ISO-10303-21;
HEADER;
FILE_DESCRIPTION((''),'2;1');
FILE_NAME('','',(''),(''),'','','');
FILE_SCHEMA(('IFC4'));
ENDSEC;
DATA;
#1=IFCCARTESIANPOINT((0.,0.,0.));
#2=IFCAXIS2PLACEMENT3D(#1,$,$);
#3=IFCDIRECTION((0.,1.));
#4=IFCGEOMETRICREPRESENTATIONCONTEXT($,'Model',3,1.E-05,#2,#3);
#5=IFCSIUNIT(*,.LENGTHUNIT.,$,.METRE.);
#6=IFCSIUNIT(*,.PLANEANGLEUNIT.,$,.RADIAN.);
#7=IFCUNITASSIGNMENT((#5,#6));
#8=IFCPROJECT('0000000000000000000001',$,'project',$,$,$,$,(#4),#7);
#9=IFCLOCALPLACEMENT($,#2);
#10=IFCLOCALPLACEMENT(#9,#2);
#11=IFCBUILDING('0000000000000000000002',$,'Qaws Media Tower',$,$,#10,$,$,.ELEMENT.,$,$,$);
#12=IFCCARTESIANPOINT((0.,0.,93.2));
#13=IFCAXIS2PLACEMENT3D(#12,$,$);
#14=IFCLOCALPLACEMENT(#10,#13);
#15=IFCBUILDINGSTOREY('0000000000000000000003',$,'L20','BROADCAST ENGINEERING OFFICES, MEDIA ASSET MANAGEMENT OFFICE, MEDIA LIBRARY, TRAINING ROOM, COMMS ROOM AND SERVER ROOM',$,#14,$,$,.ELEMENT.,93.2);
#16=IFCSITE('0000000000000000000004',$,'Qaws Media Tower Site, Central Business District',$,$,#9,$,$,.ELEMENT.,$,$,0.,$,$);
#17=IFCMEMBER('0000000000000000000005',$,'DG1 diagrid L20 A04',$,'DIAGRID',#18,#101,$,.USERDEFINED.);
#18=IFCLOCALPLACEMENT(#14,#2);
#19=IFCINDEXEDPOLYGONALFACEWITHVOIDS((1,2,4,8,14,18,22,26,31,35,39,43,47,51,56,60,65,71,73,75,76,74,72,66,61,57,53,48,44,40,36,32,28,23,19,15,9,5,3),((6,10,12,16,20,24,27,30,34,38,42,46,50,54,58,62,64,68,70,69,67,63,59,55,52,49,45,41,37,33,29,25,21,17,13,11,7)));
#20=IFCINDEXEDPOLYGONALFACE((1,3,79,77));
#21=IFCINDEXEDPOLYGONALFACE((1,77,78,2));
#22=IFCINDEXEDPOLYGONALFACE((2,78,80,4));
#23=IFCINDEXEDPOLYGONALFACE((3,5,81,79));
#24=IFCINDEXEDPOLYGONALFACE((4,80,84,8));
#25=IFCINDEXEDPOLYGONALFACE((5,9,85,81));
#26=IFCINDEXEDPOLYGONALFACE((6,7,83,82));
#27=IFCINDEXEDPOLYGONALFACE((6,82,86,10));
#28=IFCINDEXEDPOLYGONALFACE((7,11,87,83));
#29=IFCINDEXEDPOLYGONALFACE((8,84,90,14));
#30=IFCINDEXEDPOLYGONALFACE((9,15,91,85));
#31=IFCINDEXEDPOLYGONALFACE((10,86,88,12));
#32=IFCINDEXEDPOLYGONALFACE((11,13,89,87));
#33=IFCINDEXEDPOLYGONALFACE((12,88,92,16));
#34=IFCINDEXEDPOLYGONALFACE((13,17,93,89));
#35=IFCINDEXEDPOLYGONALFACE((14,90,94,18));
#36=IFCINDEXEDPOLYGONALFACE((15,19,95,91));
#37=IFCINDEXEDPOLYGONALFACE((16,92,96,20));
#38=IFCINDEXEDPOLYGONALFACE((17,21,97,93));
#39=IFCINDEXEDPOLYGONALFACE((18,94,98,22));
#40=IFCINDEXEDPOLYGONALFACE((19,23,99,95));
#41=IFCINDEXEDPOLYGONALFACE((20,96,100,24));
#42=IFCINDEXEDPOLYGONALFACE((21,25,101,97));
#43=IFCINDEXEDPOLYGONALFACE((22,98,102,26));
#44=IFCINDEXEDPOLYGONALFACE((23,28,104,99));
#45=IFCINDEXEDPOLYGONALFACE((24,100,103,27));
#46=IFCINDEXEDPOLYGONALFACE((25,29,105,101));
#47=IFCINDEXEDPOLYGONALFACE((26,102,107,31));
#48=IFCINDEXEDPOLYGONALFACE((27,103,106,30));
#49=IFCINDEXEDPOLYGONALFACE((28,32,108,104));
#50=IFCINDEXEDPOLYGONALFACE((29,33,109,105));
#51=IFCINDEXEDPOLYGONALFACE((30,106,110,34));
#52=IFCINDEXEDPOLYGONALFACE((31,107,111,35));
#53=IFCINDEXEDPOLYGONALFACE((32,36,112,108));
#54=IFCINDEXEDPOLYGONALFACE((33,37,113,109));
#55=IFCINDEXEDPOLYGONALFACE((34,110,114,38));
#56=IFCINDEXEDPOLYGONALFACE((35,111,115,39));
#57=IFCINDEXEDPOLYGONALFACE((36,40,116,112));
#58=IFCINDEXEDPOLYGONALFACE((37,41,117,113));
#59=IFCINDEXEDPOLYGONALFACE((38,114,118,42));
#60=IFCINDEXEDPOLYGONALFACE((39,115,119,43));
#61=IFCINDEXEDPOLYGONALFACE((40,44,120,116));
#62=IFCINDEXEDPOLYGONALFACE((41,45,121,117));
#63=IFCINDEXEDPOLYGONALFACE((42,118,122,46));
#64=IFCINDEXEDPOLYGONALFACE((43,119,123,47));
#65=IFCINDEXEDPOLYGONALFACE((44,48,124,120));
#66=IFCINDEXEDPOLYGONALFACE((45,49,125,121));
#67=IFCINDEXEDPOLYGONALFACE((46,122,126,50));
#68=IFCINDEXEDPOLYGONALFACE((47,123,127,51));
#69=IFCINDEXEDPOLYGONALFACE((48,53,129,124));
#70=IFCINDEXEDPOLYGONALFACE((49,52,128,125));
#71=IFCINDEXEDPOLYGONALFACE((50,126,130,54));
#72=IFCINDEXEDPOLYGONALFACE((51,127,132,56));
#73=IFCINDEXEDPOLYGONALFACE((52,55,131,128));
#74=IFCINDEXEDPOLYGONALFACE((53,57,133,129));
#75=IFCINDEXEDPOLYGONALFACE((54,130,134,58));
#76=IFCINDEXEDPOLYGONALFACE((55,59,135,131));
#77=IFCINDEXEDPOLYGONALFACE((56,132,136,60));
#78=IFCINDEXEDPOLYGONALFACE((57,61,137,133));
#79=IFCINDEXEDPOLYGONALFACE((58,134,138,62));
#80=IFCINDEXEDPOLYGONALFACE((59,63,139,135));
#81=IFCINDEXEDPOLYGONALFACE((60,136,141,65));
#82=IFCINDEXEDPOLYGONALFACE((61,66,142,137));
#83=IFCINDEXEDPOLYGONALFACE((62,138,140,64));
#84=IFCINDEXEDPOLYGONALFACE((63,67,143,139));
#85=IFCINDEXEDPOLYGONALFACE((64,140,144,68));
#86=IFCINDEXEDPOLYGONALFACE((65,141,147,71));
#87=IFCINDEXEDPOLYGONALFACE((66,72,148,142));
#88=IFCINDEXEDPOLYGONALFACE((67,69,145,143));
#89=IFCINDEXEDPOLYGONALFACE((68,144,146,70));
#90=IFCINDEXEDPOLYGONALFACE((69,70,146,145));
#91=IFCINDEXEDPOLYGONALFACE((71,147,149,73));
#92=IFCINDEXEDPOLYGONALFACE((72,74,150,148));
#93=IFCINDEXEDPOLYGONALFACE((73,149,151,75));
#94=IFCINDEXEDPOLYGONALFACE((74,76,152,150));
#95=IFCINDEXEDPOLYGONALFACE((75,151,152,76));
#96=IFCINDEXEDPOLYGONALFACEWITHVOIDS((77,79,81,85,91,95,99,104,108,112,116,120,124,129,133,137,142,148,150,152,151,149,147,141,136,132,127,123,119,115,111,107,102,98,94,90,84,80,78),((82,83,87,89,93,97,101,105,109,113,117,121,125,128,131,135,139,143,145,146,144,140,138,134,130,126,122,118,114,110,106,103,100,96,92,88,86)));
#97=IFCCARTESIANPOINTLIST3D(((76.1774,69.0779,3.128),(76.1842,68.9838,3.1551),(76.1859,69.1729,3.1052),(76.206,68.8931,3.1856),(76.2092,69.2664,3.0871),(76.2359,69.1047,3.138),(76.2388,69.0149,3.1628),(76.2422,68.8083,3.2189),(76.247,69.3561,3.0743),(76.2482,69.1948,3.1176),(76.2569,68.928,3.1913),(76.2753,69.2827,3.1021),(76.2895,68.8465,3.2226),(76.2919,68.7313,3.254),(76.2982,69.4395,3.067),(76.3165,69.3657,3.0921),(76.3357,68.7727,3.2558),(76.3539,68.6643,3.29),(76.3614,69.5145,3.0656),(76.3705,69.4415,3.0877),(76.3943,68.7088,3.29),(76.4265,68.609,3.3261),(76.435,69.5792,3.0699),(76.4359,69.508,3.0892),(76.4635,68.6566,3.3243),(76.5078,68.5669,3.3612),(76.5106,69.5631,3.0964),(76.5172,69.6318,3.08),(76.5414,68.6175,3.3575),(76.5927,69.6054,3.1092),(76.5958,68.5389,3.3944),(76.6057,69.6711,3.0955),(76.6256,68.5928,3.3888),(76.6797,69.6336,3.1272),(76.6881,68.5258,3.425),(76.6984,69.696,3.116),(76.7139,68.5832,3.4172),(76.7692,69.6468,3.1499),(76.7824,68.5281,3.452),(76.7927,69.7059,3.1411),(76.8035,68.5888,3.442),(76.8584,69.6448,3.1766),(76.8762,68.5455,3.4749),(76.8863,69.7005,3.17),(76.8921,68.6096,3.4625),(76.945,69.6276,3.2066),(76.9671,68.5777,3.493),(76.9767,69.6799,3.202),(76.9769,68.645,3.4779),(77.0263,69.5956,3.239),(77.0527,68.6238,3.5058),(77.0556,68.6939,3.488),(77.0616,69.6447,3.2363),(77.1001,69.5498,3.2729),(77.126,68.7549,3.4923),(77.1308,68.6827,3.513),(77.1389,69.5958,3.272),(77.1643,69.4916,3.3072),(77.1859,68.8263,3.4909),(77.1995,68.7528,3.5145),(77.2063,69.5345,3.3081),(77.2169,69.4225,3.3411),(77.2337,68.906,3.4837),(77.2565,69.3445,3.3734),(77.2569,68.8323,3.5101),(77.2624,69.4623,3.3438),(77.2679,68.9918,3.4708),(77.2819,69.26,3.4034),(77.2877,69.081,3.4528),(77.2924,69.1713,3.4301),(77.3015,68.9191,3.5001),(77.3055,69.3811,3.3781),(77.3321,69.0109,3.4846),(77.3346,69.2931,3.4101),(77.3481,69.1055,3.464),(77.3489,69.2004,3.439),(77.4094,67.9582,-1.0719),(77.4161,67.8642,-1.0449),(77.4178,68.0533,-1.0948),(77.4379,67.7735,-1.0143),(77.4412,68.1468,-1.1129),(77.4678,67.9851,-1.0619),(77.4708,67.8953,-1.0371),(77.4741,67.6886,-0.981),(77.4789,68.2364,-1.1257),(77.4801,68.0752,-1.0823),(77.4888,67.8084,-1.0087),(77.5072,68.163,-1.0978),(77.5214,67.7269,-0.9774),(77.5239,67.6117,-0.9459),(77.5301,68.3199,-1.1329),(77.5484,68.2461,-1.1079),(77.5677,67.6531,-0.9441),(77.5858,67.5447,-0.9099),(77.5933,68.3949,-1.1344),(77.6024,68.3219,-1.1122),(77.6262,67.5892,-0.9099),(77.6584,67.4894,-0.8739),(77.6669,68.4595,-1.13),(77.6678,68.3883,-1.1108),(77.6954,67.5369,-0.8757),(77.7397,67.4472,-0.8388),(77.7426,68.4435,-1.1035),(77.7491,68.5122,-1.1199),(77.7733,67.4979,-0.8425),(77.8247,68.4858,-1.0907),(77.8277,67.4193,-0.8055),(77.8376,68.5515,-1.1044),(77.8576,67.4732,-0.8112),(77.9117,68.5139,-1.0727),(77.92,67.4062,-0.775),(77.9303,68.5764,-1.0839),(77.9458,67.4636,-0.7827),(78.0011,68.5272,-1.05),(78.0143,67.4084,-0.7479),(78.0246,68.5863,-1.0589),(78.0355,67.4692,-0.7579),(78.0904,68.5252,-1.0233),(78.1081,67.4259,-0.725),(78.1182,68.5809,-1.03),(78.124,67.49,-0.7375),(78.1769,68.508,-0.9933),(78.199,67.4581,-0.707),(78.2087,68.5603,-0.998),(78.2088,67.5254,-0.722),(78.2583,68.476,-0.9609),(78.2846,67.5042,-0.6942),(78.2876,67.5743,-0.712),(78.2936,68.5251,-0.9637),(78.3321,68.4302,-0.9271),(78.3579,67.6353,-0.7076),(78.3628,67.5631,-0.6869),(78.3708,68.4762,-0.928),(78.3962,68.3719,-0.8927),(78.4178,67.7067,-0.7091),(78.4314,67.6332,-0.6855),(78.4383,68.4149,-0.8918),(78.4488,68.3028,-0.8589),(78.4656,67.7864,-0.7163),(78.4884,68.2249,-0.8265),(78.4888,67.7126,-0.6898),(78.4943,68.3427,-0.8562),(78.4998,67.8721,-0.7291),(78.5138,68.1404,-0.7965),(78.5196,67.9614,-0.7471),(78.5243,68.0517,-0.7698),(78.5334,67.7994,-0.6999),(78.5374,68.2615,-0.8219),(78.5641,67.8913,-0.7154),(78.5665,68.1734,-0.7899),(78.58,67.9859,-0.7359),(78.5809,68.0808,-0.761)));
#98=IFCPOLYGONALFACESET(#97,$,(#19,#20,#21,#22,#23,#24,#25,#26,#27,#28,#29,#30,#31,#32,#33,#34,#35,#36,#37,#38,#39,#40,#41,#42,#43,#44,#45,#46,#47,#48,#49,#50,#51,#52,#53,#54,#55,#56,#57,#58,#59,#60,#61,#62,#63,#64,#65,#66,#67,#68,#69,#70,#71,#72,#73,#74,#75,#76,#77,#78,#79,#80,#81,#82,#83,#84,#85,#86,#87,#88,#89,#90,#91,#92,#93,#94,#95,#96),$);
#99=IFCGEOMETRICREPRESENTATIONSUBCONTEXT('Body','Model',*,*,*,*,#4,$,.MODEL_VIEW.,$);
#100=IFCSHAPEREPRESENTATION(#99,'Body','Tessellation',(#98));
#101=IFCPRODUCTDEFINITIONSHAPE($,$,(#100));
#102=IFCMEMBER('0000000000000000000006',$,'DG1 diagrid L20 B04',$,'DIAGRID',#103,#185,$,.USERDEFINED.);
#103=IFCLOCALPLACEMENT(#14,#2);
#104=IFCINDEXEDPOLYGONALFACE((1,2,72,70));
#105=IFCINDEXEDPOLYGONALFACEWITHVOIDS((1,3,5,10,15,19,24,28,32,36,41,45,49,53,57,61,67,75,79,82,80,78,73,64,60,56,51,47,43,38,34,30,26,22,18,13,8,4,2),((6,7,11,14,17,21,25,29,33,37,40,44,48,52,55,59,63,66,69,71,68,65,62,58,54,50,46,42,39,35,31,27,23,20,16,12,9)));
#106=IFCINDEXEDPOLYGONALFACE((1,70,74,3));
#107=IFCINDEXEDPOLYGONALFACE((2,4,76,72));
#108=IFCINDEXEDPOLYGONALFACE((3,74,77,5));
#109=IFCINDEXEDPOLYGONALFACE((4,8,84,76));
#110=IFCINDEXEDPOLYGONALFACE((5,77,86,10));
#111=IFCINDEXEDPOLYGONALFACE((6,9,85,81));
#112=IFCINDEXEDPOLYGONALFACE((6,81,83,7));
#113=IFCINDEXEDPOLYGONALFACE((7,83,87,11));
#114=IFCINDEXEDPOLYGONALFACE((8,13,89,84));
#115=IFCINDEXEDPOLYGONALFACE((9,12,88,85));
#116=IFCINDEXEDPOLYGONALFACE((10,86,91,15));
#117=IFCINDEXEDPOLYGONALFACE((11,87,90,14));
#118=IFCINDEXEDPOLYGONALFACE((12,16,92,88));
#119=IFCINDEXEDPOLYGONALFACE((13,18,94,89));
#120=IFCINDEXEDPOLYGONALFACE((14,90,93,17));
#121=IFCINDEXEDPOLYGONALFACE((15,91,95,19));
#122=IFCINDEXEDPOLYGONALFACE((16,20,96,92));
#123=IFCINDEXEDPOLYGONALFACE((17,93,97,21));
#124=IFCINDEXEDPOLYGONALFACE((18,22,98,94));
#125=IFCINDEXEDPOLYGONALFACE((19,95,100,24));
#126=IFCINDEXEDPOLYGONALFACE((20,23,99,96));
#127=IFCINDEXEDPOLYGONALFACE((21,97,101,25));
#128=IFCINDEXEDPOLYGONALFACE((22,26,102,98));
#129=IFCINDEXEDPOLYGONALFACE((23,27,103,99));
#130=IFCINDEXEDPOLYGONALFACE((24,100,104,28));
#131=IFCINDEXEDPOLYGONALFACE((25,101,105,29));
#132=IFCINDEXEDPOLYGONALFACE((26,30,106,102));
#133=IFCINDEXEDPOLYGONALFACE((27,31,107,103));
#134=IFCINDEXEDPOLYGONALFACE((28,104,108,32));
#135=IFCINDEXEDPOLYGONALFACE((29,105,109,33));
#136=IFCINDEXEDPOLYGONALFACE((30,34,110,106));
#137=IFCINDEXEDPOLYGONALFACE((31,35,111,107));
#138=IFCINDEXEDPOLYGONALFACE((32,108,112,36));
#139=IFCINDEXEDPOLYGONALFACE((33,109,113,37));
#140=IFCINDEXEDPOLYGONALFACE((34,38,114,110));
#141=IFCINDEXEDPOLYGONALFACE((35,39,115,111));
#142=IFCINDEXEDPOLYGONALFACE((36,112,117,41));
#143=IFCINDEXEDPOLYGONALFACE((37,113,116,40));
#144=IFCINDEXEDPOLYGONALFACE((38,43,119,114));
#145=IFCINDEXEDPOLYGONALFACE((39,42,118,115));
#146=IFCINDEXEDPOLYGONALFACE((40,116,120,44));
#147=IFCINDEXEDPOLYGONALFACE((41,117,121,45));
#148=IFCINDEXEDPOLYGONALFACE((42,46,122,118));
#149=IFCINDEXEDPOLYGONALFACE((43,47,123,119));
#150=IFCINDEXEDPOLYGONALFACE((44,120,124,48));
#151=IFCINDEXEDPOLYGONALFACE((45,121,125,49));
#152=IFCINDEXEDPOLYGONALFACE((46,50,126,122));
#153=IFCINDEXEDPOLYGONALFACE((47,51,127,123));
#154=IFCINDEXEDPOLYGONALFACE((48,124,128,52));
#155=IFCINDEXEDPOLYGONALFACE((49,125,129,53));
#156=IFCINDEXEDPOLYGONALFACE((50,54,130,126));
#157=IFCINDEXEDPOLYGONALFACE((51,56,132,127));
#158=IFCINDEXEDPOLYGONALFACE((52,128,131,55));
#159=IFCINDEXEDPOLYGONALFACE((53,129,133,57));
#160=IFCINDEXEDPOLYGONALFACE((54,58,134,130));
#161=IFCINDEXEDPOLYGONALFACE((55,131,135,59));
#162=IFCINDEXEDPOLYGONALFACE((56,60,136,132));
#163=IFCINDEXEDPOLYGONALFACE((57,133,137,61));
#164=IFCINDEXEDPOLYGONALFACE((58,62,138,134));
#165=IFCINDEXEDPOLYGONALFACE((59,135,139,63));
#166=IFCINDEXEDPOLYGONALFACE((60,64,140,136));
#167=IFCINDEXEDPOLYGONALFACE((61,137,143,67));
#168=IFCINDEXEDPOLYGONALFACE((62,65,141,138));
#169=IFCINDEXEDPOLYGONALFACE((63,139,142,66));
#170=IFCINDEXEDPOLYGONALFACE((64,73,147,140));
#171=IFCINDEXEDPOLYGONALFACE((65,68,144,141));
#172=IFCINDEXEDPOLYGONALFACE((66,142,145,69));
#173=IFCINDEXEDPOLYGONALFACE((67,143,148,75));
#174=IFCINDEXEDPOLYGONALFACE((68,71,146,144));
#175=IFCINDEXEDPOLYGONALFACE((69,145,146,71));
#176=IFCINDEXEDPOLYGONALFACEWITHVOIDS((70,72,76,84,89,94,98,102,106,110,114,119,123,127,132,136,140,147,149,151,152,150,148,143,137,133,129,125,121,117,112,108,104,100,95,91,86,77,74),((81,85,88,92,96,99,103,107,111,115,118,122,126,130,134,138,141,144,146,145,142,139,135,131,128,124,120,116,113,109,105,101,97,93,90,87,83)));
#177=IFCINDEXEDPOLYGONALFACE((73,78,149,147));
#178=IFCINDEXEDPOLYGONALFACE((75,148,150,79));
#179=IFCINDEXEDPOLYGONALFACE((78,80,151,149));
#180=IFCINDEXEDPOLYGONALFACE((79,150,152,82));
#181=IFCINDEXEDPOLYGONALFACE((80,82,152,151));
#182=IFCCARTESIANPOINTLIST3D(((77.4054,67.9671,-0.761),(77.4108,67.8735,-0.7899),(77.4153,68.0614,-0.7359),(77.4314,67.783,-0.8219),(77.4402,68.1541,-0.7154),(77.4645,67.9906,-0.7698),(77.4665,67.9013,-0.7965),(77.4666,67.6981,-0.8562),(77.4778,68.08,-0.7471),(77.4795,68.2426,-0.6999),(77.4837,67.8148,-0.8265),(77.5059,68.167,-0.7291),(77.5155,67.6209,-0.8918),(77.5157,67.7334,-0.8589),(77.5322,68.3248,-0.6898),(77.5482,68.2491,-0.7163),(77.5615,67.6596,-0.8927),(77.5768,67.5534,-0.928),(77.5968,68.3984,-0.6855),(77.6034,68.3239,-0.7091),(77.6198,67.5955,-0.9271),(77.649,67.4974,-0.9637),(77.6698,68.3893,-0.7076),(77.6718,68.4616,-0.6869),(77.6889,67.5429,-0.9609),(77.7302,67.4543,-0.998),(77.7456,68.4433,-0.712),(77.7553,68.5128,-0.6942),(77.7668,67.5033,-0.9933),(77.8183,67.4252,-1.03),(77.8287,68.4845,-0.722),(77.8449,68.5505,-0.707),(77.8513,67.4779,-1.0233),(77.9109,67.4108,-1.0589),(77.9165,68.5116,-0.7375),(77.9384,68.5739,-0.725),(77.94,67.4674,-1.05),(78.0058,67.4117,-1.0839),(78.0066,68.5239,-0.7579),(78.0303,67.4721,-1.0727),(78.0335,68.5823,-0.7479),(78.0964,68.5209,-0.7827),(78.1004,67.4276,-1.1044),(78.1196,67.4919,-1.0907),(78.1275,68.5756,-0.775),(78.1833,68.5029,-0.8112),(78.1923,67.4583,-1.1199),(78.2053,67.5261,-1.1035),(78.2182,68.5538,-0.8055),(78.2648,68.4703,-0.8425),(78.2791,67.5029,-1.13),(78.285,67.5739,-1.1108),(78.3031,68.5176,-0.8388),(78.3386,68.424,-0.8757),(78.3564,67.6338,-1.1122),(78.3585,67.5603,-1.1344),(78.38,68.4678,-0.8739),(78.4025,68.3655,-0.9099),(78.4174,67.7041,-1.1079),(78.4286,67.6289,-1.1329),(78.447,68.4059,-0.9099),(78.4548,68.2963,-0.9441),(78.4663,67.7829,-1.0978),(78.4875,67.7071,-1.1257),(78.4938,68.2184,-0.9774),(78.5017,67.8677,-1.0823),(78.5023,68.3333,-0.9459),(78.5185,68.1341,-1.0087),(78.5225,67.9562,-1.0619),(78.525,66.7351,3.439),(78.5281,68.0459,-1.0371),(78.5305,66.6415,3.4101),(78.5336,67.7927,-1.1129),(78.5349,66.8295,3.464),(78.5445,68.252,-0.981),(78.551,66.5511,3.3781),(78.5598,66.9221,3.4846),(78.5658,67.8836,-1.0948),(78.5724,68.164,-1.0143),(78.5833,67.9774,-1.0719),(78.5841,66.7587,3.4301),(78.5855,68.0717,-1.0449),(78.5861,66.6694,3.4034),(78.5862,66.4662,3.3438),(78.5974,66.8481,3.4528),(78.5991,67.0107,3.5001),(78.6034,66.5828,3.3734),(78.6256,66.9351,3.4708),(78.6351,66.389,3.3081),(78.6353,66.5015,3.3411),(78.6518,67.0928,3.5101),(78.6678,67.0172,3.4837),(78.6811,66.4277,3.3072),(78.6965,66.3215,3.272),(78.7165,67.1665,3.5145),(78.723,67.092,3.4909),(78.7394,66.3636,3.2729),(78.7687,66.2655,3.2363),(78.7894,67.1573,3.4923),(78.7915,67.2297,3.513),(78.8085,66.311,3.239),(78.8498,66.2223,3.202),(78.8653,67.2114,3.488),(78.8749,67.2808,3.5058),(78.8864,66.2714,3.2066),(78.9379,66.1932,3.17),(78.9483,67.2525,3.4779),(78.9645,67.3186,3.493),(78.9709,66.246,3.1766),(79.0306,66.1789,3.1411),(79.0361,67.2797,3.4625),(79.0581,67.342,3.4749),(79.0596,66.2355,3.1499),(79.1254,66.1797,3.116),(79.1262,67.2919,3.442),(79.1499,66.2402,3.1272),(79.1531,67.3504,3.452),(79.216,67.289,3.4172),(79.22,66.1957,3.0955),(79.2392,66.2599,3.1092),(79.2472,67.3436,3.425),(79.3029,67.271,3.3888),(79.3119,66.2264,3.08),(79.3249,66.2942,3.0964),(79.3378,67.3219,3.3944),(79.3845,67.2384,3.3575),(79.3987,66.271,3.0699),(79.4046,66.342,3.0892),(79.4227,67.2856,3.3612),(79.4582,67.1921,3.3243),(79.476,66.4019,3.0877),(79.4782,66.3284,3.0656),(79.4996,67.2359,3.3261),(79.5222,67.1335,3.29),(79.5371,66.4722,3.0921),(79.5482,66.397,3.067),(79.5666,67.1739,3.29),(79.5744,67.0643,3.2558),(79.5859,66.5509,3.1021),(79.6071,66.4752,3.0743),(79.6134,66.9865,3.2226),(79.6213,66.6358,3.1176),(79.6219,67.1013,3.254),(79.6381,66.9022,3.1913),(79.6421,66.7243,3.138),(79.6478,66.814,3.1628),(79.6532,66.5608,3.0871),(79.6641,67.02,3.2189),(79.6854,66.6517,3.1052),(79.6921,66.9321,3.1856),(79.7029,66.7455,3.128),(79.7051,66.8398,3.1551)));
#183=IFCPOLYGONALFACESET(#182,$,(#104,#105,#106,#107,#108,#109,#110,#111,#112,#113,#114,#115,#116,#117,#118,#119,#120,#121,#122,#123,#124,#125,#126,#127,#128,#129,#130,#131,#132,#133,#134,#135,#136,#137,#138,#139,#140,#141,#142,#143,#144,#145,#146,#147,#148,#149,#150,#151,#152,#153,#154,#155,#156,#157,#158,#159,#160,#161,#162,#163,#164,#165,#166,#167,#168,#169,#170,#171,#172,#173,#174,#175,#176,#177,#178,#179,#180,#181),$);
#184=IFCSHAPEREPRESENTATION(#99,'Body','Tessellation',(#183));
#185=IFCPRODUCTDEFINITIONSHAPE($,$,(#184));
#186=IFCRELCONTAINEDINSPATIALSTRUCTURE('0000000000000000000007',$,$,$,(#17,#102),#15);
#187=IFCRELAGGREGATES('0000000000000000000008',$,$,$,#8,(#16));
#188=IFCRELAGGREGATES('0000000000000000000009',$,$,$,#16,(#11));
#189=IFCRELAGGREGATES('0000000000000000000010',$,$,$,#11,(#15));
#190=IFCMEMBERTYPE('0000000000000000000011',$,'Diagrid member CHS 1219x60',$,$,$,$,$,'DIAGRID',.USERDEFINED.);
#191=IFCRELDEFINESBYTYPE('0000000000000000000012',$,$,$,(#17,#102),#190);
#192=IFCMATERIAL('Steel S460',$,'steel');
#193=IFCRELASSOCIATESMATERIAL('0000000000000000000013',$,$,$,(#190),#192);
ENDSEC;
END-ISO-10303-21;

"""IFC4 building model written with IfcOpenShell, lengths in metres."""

from ifc_helpers import new_model, si_unit, direction, frame, origin, origin_2d, place, context, subcontext, project, spatial, hollow_circle, extrude, material, material_profile, profile_set, type_object, element, save


model = new_model("IFC4")

# Units and contexts
model_context = context("Model", 3, precision=1e-05, world=origin(), true_north=direction((0.0, 1.0)))
body_context = subcontext(model_context, "Body", "Model", "MODEL_VIEW")
ifc_project = project(units=[si_unit("LENGTHUNIT", "METRE"), si_unit("PLANEANGLEUNIT", "RADIAN")], contexts=[model_context])

# Site, building, storey
site_placement = place(None, origin())
site = spatial("IfcSite", under=ifc_project, at=site_placement, Name="Qaws Media Tower Site, Central Business District", CompositionType="ELEMENT", RefElevation=0.0)
building_placement = place(site_placement, origin())
building = spatial("IfcBuilding", under=site, at=building_placement, Name="Qaws Media Tower", CompositionType="ELEMENT")
storey_placement = place(building_placement, frame((0.0, 0.0, 93.2)))
storey = spatial("IfcBuildingStorey", under=building, at=storey_placement, Name="L20", Description="BROADCAST ENGINEERING OFFICES, MEDIA ASSET MANAGEMENT OFFICE, MEDIA LIBRARY, TRAINING ROOM, COMMS ROOM AND SERVER ROOM", CompositionType="ELEMENT", Elevation=93.2)

# Members
ifc_material_1 = material(Name="Steel S460", Category="steel")
ifc_material_profile_1 = material_profile(ifc_material_1, hollow_circle(Radius=0.6096, WallThickness=0.0601, at=origin_2d()), Name="CHS 1219x60")
ifc_profile_set_1 = profile_set([ifc_material_profile_1], Name="Steel S460")
member_type_1 = type_object("IfcMemberType", Name="Diagrid member CHS 1219x60", ElementType="DIAGRID", PredefinedType="USERDEFINED", material=ifc_profile_set_1)
for number, where, z_axis, x_axis, name in (
    (1, (77.9958, 67.9958, -0.9099), (-0.272682, 0.247824, 0.929638), (-0.672571, -0.740033, 0.0), "DG1 diagrid L20 A04"),
    (2, (77.9958, 67.9958, -0.9099), (0.247824, -0.272682, 0.929638), (0.740033, 0.672571, 0.0), "DG1 diagrid L20 B04"),
):
    element("IfcMember", number, at=place(storey_placement, frame(where, z_axis=z_axis, x_axis=x_axis)), inside=storey, type_object=member_type_1, Name=name, ObjectType="DIAGRID", PredefinedType="USERDEFINED", context=body_context, shape_type="SweptSolid", body=[
        extrude(hollow_circle(Radius=0.6096, WallThickness=0.0601, at=origin_2d()), origin(), (0.0, 0.0, 1.0), 4.5178),
    ])

save(model, "model.ifc")
